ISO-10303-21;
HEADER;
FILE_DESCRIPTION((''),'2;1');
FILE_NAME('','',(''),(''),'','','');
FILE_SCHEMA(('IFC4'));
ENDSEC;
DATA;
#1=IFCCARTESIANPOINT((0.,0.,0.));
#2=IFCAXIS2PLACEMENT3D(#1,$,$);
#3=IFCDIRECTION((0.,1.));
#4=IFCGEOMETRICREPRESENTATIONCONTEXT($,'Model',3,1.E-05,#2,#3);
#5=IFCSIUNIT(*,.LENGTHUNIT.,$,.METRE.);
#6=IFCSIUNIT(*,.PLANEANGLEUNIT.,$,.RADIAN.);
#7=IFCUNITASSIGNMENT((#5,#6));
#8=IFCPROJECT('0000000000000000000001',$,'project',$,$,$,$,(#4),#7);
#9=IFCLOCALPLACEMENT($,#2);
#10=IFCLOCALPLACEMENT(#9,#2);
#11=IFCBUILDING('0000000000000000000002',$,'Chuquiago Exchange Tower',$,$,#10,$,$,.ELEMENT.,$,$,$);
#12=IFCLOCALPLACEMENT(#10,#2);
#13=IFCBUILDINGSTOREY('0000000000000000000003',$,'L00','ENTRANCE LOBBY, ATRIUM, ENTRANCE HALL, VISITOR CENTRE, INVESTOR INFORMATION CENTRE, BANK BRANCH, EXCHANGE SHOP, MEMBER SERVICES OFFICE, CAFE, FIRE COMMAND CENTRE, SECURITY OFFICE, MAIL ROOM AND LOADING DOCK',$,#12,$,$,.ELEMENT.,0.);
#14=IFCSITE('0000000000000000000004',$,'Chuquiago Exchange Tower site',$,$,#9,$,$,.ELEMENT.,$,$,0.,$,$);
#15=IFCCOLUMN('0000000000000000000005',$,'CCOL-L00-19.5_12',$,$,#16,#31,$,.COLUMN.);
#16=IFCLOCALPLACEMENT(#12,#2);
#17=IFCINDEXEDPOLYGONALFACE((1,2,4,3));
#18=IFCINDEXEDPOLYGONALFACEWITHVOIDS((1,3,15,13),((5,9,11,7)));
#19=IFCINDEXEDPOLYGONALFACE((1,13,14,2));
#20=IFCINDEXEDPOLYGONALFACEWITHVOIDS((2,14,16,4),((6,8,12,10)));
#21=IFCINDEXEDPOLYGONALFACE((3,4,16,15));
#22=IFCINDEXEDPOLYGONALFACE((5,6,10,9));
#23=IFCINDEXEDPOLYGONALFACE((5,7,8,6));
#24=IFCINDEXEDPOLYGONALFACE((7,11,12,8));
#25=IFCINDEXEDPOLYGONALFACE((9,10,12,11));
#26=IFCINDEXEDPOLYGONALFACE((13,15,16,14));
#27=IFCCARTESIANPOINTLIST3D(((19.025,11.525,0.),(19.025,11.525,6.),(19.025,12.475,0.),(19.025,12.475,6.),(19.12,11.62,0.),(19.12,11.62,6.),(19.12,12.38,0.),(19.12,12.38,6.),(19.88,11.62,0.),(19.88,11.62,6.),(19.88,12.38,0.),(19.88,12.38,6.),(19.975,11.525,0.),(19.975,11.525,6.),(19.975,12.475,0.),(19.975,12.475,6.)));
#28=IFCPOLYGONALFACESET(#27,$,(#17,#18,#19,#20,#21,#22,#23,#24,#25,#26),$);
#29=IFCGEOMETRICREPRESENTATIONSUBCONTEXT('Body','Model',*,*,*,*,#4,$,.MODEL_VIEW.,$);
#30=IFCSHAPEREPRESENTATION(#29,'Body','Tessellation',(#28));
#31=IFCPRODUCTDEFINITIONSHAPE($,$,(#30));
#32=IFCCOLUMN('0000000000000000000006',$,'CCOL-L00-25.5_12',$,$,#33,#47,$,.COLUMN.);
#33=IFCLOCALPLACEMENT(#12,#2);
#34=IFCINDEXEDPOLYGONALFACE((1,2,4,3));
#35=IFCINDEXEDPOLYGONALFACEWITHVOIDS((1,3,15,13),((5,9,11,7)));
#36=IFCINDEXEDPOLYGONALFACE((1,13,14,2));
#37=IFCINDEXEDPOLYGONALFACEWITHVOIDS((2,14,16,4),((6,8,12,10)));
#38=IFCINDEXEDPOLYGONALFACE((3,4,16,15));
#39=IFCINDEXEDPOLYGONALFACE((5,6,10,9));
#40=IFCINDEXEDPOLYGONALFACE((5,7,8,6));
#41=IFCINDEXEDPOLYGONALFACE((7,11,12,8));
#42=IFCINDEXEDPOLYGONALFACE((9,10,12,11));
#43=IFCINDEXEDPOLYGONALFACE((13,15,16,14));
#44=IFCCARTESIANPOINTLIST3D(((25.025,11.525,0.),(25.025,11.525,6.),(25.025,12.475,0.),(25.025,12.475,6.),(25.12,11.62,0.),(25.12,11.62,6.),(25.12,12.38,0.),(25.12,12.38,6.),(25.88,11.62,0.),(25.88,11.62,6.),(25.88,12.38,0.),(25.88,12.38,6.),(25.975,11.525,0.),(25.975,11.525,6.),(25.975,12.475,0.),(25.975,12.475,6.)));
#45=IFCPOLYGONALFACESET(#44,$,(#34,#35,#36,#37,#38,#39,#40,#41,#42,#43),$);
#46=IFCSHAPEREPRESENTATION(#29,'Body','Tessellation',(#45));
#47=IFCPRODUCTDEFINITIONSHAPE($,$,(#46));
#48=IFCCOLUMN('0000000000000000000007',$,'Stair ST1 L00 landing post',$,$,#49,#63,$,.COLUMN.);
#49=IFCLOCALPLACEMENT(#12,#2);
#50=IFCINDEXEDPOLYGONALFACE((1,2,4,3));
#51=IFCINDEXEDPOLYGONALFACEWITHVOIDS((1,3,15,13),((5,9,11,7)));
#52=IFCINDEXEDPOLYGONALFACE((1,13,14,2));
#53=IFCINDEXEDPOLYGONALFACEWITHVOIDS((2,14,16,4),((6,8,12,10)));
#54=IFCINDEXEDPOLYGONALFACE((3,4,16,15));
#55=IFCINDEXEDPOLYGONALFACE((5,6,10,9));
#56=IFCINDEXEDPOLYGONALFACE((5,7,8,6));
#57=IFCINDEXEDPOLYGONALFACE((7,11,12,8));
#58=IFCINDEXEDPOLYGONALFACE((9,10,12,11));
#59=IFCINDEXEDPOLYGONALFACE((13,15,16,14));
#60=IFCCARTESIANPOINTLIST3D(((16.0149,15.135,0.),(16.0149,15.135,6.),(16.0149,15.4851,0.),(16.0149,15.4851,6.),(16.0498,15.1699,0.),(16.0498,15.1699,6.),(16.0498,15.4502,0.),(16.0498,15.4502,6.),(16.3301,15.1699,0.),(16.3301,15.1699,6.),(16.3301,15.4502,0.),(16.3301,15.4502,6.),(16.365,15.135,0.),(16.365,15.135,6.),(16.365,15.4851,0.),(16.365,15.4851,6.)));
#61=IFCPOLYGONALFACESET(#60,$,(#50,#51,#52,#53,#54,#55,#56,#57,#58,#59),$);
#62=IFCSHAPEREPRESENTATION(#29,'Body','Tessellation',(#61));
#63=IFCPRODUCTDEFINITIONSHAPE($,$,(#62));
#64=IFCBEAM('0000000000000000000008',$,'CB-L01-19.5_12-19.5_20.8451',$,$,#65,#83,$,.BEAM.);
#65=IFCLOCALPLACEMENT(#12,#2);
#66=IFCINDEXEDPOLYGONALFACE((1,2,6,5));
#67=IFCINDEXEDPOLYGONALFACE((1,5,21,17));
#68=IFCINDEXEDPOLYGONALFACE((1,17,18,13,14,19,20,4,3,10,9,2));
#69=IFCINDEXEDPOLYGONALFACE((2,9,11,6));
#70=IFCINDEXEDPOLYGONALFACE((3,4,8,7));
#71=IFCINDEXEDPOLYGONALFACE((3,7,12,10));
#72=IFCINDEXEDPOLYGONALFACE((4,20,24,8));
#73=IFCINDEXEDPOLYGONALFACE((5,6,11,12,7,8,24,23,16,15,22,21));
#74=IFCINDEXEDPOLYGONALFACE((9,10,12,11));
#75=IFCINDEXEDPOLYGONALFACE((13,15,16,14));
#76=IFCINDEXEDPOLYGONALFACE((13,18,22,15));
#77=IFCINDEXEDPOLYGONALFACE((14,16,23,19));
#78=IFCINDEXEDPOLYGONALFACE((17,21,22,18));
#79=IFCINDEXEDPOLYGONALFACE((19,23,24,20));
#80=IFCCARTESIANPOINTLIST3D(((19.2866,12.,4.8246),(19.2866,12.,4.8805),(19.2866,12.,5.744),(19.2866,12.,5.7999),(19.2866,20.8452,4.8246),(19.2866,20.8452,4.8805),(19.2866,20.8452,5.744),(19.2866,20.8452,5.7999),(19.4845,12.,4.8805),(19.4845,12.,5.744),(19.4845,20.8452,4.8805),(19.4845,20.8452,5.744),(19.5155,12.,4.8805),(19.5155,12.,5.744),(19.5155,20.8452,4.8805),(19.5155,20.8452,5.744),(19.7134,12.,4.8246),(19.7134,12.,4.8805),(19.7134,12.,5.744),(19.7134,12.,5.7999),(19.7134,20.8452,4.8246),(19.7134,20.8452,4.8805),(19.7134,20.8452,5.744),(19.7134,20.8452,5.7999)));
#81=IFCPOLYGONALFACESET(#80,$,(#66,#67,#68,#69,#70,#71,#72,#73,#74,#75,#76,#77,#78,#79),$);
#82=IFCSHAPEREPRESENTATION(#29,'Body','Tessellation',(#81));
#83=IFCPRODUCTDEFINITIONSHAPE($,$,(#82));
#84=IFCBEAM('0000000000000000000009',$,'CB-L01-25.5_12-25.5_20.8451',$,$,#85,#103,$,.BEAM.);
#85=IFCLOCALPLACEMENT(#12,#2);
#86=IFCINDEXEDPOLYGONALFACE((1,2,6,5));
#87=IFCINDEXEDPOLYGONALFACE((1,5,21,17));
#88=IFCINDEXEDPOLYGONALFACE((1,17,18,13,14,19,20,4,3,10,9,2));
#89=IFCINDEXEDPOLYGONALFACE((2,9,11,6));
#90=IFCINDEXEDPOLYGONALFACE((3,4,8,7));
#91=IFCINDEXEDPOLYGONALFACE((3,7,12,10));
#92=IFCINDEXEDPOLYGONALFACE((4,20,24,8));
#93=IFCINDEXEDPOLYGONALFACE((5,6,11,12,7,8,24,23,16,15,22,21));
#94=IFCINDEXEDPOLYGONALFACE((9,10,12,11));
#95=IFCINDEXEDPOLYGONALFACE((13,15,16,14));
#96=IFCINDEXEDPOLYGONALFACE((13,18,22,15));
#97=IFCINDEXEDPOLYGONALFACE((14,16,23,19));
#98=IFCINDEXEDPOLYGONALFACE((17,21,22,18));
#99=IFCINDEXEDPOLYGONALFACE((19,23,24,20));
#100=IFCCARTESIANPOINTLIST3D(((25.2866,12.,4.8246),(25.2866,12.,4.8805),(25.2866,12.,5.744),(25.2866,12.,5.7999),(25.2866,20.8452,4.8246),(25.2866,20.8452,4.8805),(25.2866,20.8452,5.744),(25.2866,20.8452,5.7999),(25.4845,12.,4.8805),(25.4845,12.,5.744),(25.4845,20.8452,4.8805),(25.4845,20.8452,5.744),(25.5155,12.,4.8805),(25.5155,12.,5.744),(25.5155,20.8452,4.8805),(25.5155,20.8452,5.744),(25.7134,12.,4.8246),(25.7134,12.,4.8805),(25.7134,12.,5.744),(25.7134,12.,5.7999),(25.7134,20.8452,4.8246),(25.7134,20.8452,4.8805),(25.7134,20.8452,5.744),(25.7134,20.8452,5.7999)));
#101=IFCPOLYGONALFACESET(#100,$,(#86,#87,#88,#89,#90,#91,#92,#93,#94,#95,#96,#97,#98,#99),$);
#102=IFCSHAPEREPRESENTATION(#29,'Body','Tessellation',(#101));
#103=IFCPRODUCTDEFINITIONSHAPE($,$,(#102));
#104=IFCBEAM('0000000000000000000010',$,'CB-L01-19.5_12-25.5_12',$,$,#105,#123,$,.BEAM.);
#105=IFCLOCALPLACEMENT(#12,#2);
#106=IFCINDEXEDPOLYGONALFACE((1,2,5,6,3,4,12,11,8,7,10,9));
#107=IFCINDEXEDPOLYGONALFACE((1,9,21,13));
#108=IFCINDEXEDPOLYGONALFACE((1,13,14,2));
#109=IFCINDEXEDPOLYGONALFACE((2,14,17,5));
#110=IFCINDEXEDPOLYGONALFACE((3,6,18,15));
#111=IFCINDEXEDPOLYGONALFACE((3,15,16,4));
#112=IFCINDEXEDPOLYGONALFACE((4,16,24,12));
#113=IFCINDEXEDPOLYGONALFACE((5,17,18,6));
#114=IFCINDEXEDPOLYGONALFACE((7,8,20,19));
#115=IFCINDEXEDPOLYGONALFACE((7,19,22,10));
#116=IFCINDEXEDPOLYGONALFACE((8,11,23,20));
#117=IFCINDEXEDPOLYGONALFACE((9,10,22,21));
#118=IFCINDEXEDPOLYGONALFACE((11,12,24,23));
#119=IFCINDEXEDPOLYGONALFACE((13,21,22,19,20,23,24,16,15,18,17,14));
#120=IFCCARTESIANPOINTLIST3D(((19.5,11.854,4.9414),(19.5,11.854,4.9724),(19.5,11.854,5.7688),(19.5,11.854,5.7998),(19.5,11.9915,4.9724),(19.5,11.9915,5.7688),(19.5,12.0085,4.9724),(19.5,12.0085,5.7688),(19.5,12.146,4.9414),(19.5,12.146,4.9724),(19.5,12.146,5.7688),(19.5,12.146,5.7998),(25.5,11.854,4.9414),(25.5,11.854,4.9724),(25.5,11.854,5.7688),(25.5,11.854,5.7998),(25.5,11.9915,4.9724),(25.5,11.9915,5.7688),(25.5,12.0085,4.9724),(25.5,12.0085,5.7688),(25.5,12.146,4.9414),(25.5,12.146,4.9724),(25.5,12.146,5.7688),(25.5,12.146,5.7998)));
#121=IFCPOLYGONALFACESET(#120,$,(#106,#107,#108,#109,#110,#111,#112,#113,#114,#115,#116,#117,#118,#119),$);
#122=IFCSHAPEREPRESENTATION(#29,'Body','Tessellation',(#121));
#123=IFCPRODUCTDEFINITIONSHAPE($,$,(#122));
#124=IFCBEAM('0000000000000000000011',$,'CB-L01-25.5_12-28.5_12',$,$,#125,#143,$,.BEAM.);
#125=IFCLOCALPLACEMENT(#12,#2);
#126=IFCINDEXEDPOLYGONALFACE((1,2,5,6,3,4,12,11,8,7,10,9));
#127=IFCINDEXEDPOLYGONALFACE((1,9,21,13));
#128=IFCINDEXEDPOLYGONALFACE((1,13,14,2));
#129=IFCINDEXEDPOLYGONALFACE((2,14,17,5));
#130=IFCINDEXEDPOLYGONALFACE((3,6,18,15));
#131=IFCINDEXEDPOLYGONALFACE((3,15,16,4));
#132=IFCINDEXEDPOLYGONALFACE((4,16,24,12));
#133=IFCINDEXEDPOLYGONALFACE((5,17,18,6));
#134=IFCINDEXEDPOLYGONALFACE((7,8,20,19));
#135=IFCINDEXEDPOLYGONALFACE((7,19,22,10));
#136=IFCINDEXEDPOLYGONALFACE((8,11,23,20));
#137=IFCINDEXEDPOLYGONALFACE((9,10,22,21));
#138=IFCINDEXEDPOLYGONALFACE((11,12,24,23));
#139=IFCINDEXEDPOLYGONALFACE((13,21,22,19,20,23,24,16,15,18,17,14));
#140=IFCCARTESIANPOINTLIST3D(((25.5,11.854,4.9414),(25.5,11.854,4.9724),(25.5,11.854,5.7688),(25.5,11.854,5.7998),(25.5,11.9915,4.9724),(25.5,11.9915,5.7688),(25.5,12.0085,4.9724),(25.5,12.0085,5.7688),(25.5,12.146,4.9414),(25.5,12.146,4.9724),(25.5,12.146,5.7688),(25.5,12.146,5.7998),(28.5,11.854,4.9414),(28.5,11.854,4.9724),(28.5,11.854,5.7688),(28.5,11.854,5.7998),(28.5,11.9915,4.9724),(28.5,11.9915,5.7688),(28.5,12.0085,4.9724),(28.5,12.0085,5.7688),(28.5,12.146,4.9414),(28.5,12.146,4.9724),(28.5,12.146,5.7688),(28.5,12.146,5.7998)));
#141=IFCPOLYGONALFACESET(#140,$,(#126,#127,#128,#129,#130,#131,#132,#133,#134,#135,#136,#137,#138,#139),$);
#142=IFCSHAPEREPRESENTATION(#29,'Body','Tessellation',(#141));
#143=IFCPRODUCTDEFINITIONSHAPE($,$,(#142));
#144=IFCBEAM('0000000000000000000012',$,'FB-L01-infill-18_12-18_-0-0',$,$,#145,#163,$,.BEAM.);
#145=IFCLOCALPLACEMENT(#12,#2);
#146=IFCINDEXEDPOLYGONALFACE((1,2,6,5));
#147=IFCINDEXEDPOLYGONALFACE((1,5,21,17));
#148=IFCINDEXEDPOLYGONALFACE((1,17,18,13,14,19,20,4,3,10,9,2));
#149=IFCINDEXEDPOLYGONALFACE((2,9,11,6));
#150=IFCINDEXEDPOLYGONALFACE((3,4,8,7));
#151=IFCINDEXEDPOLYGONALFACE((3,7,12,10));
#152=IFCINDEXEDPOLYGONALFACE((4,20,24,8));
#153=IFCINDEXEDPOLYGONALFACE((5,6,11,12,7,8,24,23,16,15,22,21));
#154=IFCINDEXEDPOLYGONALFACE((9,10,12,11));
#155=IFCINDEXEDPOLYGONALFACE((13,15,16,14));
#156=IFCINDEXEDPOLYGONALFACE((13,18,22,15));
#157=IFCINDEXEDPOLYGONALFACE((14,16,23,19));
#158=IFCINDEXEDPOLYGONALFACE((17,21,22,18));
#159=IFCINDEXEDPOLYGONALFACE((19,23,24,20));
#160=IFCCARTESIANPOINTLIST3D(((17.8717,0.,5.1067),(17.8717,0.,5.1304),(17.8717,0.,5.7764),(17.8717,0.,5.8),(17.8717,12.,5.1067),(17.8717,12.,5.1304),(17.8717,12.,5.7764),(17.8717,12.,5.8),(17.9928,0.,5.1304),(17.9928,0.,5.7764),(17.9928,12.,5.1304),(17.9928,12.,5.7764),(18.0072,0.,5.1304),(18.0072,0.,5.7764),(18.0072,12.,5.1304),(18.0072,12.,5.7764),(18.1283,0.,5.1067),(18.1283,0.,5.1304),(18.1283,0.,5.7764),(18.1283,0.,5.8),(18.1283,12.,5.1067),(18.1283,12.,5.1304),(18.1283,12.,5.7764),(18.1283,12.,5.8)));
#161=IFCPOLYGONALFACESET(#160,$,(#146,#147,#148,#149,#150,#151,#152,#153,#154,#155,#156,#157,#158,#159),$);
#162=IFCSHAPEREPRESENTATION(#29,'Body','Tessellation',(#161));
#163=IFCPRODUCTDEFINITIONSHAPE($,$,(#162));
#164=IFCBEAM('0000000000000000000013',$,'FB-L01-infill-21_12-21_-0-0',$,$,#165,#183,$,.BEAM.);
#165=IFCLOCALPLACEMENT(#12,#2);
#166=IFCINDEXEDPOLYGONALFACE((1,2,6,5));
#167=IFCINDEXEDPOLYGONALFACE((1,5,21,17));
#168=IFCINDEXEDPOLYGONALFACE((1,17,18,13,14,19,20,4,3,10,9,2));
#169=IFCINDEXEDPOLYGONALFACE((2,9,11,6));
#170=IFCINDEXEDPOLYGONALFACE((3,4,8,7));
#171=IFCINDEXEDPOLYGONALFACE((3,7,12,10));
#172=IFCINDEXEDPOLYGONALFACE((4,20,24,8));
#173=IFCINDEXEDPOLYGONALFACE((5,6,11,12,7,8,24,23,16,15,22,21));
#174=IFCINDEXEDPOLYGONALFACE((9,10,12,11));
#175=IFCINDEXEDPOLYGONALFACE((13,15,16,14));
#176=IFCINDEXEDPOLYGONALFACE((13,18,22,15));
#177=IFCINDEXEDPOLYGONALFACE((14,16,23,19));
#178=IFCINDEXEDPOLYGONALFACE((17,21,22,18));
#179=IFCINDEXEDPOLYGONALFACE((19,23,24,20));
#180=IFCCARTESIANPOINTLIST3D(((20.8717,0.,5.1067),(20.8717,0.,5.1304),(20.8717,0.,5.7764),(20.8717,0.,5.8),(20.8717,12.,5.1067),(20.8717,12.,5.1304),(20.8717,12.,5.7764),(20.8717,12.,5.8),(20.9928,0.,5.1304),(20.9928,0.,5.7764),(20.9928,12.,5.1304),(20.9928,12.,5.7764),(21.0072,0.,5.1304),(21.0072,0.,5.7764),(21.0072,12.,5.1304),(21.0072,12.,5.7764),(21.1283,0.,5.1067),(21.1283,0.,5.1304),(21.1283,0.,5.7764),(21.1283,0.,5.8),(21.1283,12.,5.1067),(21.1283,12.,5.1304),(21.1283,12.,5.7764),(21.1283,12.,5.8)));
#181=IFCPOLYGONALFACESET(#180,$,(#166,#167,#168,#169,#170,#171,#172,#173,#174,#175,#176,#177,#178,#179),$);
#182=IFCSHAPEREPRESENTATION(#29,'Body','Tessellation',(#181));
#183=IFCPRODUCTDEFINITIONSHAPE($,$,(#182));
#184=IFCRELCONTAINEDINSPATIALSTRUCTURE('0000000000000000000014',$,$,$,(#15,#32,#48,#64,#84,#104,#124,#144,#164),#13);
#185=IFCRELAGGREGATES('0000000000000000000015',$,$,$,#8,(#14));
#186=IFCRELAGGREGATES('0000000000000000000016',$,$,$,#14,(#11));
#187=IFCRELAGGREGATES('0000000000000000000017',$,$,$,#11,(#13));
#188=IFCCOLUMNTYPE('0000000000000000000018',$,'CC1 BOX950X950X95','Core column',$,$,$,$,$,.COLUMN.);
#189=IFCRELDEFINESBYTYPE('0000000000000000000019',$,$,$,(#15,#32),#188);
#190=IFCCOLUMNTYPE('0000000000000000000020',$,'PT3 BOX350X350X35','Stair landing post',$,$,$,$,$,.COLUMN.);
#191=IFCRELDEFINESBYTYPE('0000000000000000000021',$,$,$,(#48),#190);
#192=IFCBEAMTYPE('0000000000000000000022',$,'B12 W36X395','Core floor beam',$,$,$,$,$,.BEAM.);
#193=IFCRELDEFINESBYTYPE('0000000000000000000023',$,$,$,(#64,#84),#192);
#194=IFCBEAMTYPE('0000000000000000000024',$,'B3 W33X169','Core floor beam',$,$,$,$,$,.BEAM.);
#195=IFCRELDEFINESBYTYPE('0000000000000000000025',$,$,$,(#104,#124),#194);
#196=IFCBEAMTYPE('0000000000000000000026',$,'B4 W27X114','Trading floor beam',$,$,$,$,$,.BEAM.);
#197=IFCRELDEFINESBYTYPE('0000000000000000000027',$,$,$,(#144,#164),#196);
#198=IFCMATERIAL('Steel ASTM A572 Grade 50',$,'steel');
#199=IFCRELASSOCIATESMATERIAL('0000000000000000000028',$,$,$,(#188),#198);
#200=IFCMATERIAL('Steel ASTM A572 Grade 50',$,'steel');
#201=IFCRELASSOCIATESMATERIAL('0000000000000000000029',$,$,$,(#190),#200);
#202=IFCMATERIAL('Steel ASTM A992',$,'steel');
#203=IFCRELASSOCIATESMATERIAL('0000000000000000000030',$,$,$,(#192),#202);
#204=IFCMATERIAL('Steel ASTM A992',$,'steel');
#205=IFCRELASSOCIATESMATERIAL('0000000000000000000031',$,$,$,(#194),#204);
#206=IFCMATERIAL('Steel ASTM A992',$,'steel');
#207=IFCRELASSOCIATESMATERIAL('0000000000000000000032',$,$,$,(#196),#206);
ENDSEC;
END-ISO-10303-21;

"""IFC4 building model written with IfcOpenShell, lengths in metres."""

from ifc_helpers import new_model, si_unit, direction, frame, origin, origin_2d, place, context, subcontext, project, spatial, hollow_rectangle, i_section, extrude, material, material_profile, profile_set, type_object, element, save


model = new_model("IFC4")

# Units and contexts
model_context = context("Model", 3, precision=1e-05, world=origin(), true_north=direction((0.0, 1.0)))
body_context = subcontext(model_context, "Body", "Model", "MODEL_VIEW")
ifc_project = project(units=[si_unit("LENGTHUNIT", "METRE"), si_unit("PLANEANGLEUNIT", "RADIAN")], contexts=[model_context])

# Site, building, storey
site_placement = place(None, origin())
site = spatial("IfcSite", under=ifc_project, at=site_placement, Name="Chuquiago Exchange Tower site", CompositionType="ELEMENT", RefElevation=0.0)
building_placement = place(site_placement, origin())
building = spatial("IfcBuilding", under=site, at=building_placement, Name="Chuquiago Exchange Tower", CompositionType="ELEMENT")
storey_placement = place(building_placement, origin())
storey = spatial("IfcBuildingStorey", under=building, at=storey_placement, Name="L00", Description="ENTRANCE LOBBY, ATRIUM, ENTRANCE HALL, VISITOR CENTRE, INVESTOR INFORMATION CENTRE, BANK BRANCH, EXCHANGE SHOP, MEMBER SERVICES OFFICE, CAFE, FIRE COMMAND CENTRE, SECURITY OFFICE, MAIL ROOM AND LOADING DOCK", CompositionType="ELEMENT", Elevation=0.0)

# Columns
ifc_material_1 = material(Name="Steel ASTM A572 Grade 50", Category="steel")
ifc_material_profile_1 = material_profile(ifc_material_1, hollow_rectangle(XDim=0.95, YDim=0.95, WallThickness=0.095, at=origin_2d()), Name="BOX950X950X95")
ifc_profile_set_1 = profile_set([ifc_material_profile_1], Name="Steel ASTM A572 Grade 50")
column_type_1 = type_object("IfcColumnType", Name="CC1 BOX950X950X95", Description="Core column", PredefinedType="COLUMN", material=ifc_profile_set_1)
for number, where, z_axis, x_axis, name in (
    (1, (19.5, 12.0, 0.0), (0.0, 0.0, 1.0), (1.0, 0.0, 0.0), "CCOL-L00-19.5_12"),
    (2, (25.5, 12.0, 0.0), (0.0, 0.0, 1.0), (1.0, 0.0, 0.0), "CCOL-L00-25.5_12"),
):
    element("IfcColumn", number, at=place(storey_placement, frame(where, z_axis=z_axis, x_axis=x_axis)), inside=storey, type_object=column_type_1, Name=name, PredefinedType="COLUMN", context=body_context, shape_type="SweptSolid", body=[
        extrude(hollow_rectangle(XDim=0.95, YDim=0.95, WallThickness=0.095, at=origin_2d()), origin(), (0.0, 0.0, 1.0), 6.0),
    ])
ifc_material_2 = material(Name="Steel ASTM A572 Grade 50", Category="steel")
ifc_material_profile_2 = material_profile(ifc_material_2, hollow_rectangle(XDim=0.3501, YDim=0.3501, WallThickness=0.0349, at=origin_2d()), Name="BOX350X350X35")
ifc_profile_set_2 = profile_set([ifc_material_profile_2], Name="Steel ASTM A572 Grade 50")
column_type_2 = type_object("IfcColumnType", Name="PT3 BOX350X350X35", Description="Stair landing post", PredefinedType="COLUMN", material=ifc_profile_set_2)
column_placement = place(storey_placement, frame((16.1899, 15.3101, 0.0), z_axis=(0.0, 0.0, 1.0), x_axis=(1.0, 0.0, 0.0)))
element("IfcColumn", 3, at=column_placement, inside=storey, type_object=column_type_2, Name="Stair ST1 L00 landing post", PredefinedType="COLUMN", context=body_context, shape_type="SweptSolid", body=[
    extrude(hollow_rectangle(XDim=0.3501, YDim=0.3501, WallThickness=0.0349, at=origin_2d()), origin(), (0.0, 0.0, 1.0), 6.0),
])

# Beams
ifc_material_3 = material(Name="Steel ASTM A992", Category="steel")
ifc_material_profile_3 = material_profile(ifc_material_3, i_section(OverallWidth=0.4268, OverallDepth=0.9753, WebThickness=0.031, FlangeThickness=0.0559, at=origin_2d()), Name="W36X395")
ifc_profile_set_3 = profile_set([ifc_material_profile_3], Name="Steel ASTM A992")
beam_type_1 = type_object("IfcBeamType", Name="B12 W36X395", Description="Core floor beam", PredefinedType="BEAM", material=ifc_profile_set_3)
for number, where, z_axis, x_axis, name in (
    (4, (19.5, 12.0, 5.3123), (0.0, 1.0, 0.0), (-1.0, 0.0, 0.0), "CB-L01-19.5_12-19.5_20.8451"),
    (5, (25.5, 12.0, 5.3123), (0.0, 1.0, 0.0), (-1.0, 0.0, 0.0), "CB-L01-25.5_12-25.5_20.8451"),
):
    element("IfcBeam", number, at=place(storey_placement, frame(where, z_axis=z_axis, x_axis=x_axis)), inside=storey, type_object=beam_type_1, Name=name, PredefinedType="BEAM", context=body_context, shape_type="SweptSolid", body=[
        extrude(i_section(OverallWidth=0.4268, OverallDepth=0.9753, WebThickness=0.031, FlangeThickness=0.0559, at=origin_2d()), origin(), (0.0, 0.0, 1.0), 8.8452),
    ])
ifc_material_4 = material(Name="Steel ASTM A992", Category="steel")
ifc_material_profile_4 = material_profile(ifc_material_4, i_section(OverallWidth=0.292, OverallDepth=0.8584, WebThickness=0.0171, FlangeThickness=0.031, at=origin_2d()), Name="W33X169")
ifc_profile_set_4 = profile_set([ifc_material_profile_4], Name="Steel ASTM A992")
beam_type_2 = type_object("IfcBeamType", Name="B3 W33X169", Description="Core floor beam", PredefinedType="BEAM", material=ifc_profile_set_4)
beam_1_placement = place(storey_placement, frame((19.5, 12.0, 5.3706), z_axis=(1.0, 0.0, 0.0), x_axis=(0.0, 1.0, 0.0)))
element("IfcBeam", 6, at=beam_1_placement, inside=storey, type_object=beam_type_2, Name="CB-L01-19.5_12-25.5_12", PredefinedType="BEAM", context=body_context, shape_type="SweptSolid", body=[
    extrude(i_section(OverallWidth=0.292, OverallDepth=0.8584, WebThickness=0.0171, FlangeThickness=0.031, at=origin_2d()), origin(), (0.0, 0.0, 1.0), 6.0),
])
beam_2_placement = place(storey_placement, frame((25.5, 12.0, 5.3706), z_axis=(1.0, 0.0, 0.0), x_axis=(0.0, 1.0, 0.0)))
element("IfcBeam", 7, at=beam_2_placement, inside=storey, type_object=beam_type_2, Name="CB-L01-25.5_12-28.5_12", PredefinedType="BEAM", context=body_context, shape_type="SweptSolid", body=[
    extrude(i_section(OverallWidth=0.292, OverallDepth=0.8584, WebThickness=0.0171, FlangeThickness=0.031, at=origin_2d()), origin(), (0.0, 0.0, 1.0), 3.0),
])
ifc_material_5 = material(Name="Steel ASTM A992", Category="steel")
ifc_material_profile_5 = material_profile(ifc_material_5, i_section(OverallWidth=0.2566, OverallDepth=0.6934, WebThickness=0.0144, FlangeThickness=0.0237, at=origin_2d()), Name="W27X114")
ifc_profile_set_5 = profile_set([ifc_material_profile_5], Name="Steel ASTM A992")
beam_type_3 = type_object("IfcBeamType", Name="B4 W27X114", Description="Trading floor beam", PredefinedType="BEAM", material=ifc_profile_set_5)
for number, where, z_axis, x_axis, name in (
    (8, (18.0, 12.0, 5.4534), (0.0, -1.0, 0.0), (1.0, 0.0, 0.0), "FB-L01-infill-18_12-18_-0-0"),
    (9, (21.0, 12.0, 5.4534), (0.0, -1.0, 0.0), (1.0, 0.0, 0.0), "FB-L01-infill-21_12-21_-0-0"),
):
    element("IfcBeam", number, at=place(storey_placement, frame(where, z_axis=z_axis, x_axis=x_axis)), inside=storey, type_object=beam_type_3, Name=name, PredefinedType="BEAM", context=body_context, shape_type="SweptSolid", body=[
        extrude(i_section(OverallWidth=0.2566, OverallDepth=0.6934, WebThickness=0.0144, FlangeThickness=0.0237, at=origin_2d()), origin(), (0.0, 0.0, 1.0), 12.0),
    ])

save(model, "model.ifc")
